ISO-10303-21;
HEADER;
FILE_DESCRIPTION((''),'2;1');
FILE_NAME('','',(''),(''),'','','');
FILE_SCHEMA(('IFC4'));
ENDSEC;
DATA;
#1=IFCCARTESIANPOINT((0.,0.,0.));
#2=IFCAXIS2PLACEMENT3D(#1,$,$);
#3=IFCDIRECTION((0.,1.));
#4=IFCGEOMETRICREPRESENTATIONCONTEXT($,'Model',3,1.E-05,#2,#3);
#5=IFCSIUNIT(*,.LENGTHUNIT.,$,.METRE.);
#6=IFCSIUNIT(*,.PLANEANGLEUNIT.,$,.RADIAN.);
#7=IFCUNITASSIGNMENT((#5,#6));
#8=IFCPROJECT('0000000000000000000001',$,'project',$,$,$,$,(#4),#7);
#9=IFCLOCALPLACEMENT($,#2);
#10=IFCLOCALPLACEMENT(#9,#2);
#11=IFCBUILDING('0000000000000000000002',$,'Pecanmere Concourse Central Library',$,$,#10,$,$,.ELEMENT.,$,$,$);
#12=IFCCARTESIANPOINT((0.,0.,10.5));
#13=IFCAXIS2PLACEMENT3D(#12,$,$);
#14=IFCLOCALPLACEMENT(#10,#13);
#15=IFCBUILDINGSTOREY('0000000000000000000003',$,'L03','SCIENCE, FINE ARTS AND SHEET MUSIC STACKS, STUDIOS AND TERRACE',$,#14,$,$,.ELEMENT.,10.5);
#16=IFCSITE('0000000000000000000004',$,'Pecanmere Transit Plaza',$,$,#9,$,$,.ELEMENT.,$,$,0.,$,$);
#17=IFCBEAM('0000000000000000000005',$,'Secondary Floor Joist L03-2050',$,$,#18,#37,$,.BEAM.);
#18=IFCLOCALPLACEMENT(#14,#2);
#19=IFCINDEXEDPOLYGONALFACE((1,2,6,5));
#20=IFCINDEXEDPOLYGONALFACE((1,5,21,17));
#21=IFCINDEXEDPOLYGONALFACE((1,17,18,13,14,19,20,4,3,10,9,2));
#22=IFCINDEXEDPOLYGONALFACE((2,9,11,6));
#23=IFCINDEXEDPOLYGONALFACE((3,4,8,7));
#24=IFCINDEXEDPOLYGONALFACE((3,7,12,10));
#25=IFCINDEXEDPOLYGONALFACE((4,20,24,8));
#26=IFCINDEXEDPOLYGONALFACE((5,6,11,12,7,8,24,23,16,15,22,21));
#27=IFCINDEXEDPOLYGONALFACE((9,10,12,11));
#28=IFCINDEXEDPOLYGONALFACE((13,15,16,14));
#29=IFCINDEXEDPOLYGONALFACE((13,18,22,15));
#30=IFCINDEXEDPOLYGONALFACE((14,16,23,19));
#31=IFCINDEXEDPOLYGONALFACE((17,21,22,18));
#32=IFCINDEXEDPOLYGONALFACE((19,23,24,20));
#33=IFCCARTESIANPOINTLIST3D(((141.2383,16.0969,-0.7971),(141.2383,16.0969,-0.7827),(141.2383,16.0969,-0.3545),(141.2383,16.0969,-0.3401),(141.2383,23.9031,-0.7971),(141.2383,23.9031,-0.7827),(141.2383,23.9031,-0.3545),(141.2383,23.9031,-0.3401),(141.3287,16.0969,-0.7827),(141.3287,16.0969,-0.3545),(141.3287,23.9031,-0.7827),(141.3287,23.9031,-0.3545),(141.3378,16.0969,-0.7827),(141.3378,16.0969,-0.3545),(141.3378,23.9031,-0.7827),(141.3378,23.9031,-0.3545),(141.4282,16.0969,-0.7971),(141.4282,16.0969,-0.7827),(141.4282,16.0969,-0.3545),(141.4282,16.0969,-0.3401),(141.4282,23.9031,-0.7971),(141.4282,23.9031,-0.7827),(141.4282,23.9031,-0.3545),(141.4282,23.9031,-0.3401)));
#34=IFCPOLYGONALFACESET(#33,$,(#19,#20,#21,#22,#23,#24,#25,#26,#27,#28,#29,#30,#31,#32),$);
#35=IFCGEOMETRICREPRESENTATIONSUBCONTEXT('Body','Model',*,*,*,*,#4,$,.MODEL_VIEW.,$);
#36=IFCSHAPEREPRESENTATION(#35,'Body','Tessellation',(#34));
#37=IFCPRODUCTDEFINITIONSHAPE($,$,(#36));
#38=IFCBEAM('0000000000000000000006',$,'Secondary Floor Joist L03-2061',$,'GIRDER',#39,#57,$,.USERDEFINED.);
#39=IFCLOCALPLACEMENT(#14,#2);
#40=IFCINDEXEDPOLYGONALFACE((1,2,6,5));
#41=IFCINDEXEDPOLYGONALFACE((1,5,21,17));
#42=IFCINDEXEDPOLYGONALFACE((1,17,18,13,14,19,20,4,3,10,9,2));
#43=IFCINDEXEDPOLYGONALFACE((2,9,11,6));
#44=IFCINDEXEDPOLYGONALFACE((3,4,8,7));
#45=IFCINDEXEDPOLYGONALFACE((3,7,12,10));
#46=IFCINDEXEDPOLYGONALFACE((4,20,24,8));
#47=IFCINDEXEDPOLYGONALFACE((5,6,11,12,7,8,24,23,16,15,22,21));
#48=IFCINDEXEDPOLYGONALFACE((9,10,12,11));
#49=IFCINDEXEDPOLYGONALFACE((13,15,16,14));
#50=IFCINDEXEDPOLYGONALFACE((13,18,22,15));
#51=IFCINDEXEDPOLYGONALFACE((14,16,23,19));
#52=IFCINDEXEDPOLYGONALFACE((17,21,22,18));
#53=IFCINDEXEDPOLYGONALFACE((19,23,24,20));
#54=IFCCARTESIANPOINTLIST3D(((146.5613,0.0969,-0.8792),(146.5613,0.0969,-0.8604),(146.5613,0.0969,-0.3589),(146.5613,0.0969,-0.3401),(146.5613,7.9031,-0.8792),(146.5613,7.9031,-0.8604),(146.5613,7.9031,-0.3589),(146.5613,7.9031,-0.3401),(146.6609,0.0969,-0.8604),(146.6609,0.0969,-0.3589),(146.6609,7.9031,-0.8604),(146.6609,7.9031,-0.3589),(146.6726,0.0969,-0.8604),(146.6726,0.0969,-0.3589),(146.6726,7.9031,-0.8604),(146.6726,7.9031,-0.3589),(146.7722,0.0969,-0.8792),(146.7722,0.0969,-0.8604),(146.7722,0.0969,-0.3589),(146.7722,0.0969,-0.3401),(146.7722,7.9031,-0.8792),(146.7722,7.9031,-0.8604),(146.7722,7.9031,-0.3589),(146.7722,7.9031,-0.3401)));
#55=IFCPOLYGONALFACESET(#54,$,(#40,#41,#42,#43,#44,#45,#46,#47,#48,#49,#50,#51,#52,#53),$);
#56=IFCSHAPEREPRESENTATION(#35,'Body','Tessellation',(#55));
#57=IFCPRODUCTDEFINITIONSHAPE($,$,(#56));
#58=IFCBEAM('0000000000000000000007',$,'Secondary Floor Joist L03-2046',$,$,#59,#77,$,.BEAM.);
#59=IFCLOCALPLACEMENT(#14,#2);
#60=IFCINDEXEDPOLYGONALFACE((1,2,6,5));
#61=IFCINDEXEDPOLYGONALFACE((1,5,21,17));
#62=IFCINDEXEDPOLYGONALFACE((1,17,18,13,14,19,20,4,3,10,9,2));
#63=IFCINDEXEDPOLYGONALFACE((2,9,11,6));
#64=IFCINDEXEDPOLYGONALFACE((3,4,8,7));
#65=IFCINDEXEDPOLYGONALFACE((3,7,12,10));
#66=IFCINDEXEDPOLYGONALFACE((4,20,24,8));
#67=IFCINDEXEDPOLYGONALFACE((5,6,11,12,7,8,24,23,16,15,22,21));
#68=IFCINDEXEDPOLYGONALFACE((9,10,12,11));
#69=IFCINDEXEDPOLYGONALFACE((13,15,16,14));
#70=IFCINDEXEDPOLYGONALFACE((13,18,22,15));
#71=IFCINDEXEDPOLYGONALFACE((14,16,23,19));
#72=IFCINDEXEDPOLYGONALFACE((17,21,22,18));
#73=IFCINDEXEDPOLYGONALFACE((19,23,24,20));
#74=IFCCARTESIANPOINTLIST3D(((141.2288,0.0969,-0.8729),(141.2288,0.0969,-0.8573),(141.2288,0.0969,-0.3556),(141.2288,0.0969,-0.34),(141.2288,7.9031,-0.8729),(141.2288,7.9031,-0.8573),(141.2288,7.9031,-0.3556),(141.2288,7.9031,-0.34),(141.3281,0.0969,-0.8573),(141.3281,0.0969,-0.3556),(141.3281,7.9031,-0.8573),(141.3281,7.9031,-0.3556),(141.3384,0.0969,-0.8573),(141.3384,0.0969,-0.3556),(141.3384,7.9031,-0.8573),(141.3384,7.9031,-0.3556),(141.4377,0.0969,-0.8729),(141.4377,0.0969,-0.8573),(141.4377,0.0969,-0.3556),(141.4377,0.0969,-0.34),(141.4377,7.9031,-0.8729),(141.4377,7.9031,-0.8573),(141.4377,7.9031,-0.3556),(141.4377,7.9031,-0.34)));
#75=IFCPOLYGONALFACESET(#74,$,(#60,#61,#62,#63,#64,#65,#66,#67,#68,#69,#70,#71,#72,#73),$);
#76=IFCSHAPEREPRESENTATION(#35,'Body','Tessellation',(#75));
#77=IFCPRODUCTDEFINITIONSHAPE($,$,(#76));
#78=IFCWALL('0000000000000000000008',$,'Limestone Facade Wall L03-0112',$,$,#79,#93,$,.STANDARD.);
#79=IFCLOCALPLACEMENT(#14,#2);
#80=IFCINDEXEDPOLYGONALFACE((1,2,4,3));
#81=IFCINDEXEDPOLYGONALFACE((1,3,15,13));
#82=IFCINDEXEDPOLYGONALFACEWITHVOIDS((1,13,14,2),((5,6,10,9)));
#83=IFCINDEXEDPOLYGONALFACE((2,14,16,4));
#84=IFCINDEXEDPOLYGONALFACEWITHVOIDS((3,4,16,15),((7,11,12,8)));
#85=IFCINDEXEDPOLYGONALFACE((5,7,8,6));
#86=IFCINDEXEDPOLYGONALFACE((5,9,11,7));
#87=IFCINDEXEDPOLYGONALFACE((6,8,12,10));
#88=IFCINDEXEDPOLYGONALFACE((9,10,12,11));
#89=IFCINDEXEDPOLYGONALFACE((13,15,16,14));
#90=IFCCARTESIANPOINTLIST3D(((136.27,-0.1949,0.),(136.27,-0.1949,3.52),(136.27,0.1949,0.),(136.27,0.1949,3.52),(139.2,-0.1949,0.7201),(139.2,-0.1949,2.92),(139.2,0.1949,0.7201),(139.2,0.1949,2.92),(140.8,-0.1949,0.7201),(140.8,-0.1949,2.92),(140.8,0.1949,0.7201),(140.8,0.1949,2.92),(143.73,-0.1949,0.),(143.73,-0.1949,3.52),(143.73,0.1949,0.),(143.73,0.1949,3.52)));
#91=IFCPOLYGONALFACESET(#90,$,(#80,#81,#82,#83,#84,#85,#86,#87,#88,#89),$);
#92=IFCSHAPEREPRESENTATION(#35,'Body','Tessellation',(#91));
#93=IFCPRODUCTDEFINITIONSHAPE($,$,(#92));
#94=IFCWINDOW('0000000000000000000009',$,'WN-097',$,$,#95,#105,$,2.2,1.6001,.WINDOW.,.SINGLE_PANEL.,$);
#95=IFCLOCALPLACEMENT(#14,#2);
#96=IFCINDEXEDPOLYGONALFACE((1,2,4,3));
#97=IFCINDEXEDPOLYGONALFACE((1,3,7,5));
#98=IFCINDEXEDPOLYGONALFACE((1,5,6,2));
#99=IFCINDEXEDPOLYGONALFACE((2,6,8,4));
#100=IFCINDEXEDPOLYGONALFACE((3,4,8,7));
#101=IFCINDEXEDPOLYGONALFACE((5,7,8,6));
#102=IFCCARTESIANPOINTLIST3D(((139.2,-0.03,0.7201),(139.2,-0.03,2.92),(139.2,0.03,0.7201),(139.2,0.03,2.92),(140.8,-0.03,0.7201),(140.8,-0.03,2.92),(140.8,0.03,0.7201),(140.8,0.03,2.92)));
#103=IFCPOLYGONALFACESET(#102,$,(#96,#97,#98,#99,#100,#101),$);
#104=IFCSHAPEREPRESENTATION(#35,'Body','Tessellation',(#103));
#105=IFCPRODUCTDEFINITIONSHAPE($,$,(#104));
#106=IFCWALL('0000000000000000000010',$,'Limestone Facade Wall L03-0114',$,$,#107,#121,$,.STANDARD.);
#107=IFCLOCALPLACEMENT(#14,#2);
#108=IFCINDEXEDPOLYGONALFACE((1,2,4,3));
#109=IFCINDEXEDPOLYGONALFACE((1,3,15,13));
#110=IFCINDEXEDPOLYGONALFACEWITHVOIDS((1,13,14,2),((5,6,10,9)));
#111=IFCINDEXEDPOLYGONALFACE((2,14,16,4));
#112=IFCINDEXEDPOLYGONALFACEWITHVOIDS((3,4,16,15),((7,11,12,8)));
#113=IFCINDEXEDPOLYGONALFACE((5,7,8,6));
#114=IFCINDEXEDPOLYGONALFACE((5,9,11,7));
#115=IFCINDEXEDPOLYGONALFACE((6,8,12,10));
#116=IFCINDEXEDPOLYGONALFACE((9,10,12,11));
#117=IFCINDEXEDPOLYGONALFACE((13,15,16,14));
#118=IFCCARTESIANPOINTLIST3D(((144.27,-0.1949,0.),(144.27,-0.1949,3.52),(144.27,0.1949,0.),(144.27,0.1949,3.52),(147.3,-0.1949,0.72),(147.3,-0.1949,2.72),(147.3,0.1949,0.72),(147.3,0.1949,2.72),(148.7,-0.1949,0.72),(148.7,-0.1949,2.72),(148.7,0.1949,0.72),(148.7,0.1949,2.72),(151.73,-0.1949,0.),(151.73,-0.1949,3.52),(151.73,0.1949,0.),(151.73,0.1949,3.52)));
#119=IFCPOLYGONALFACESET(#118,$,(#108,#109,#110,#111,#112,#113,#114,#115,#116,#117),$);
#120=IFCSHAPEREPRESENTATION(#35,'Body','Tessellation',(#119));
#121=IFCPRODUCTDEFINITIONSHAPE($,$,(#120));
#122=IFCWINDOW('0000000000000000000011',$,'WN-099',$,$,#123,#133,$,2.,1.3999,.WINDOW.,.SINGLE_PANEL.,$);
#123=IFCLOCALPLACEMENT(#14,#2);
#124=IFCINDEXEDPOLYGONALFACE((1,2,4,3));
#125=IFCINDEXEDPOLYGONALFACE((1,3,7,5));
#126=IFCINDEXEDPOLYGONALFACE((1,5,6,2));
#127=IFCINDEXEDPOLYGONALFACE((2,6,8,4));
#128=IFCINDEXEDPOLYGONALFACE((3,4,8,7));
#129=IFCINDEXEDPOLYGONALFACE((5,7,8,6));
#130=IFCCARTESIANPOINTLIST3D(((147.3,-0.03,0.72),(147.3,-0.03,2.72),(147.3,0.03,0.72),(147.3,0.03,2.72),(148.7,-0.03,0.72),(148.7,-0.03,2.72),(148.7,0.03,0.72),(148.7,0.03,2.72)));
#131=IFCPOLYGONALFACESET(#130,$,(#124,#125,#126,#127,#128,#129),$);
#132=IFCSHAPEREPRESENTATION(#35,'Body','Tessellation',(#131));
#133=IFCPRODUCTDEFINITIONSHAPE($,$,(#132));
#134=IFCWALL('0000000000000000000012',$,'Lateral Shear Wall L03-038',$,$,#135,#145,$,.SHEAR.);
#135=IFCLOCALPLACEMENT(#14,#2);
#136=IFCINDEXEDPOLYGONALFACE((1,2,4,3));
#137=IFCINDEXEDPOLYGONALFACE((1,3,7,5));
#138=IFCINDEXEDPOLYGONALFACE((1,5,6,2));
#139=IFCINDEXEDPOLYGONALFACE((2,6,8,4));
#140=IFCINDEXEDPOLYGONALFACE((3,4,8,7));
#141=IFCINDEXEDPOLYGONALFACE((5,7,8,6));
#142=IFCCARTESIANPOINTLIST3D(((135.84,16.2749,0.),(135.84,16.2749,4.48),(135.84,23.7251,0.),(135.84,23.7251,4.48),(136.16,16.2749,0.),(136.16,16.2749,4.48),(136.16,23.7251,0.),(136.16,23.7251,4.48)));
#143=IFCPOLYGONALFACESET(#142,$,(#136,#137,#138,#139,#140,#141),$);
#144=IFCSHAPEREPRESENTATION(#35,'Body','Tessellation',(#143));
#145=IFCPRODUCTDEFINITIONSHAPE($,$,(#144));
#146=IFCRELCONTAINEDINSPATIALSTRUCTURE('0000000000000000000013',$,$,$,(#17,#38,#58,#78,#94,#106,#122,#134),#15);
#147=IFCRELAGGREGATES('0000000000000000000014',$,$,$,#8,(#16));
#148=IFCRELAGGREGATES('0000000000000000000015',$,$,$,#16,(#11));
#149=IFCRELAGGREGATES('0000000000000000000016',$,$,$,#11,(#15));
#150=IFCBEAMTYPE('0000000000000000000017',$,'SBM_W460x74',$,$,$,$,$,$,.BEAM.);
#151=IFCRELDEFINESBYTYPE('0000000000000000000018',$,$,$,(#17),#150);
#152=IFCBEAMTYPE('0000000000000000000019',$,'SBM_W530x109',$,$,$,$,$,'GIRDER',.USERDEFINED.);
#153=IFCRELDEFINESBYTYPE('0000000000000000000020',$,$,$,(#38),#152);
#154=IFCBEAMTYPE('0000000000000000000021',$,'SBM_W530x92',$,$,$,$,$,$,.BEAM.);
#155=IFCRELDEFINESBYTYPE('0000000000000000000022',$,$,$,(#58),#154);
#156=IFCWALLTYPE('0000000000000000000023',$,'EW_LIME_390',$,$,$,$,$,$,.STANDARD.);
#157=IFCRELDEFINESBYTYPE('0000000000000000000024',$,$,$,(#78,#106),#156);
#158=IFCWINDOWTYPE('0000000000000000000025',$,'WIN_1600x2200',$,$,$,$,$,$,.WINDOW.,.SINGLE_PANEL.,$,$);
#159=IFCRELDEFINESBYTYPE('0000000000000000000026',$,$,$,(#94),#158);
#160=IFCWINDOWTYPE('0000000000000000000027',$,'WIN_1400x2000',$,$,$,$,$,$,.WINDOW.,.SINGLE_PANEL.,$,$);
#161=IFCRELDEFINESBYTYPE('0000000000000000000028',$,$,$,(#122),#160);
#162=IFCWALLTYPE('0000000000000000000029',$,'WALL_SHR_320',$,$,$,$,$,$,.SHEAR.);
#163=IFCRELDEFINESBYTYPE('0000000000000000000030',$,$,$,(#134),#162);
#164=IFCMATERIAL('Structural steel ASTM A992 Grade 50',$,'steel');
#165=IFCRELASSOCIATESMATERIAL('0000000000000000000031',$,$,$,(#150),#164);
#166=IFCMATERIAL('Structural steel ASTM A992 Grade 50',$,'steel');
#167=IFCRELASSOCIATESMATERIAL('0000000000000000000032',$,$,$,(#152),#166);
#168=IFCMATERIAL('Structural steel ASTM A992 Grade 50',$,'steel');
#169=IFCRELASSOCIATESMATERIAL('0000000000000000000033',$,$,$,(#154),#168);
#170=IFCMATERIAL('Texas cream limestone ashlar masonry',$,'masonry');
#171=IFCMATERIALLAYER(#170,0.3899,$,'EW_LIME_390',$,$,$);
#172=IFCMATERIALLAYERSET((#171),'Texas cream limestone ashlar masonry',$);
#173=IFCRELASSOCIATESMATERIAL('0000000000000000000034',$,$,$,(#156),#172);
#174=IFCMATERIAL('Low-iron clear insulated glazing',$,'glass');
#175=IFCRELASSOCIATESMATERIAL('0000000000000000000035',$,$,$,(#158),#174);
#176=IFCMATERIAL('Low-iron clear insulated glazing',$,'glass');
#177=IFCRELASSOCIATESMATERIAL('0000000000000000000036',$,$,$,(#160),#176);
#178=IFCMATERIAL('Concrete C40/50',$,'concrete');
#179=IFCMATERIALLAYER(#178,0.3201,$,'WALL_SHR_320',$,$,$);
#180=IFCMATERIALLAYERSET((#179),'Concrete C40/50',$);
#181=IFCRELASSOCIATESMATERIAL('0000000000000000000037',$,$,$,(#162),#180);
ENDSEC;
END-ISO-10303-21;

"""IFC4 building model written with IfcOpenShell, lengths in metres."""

from ifc_helpers import new_model, si_unit, direction, frame, frame_2d, origin, origin_2d, place, context, subcontext, project, spatial, rectangle, i_section, extrude, material, layer, layer_set, material_profile, profile_set, type_object, element, fill, save


model = new_model("IFC4")

# Units and contexts
model_context = context("Model", 3, precision=1e-05, world=origin(), true_north=direction((0.0, 1.0)))
body_context = subcontext(model_context, "Body", "Model", "MODEL_VIEW")
ifc_project = project(units=[si_unit("LENGTHUNIT", "METRE"), si_unit("PLANEANGLEUNIT", "RADIAN")], contexts=[model_context])

# Site, building, storey
site_placement = place(None, origin())
site = spatial("IfcSite", under=ifc_project, at=site_placement, Name="Pecanmere Transit Plaza", CompositionType="ELEMENT", RefElevation=0.0)
building_placement = place(site_placement, origin())
building = spatial("IfcBuilding", under=site, at=building_placement, Name="Pecanmere Concourse Central Library", CompositionType="ELEMENT")
storey_placement = place(building_placement, frame((0.0, 0.0, 10.5)))
storey = spatial("IfcBuildingStorey", under=building, at=storey_placement, Name="L03", Description="SCIENCE, FINE ARTS AND SHEET MUSIC STACKS, STUDIOS AND TERRACE", CompositionType="ELEMENT", Elevation=10.5)

# Beams
ifc_material_1 = material(Name="Structural steel ASTM A992 Grade 50", Category="steel")
ifc_material_profile_1 = material_profile(ifc_material_1, i_section(OverallWidth=0.1899, OverallDepth=0.457, WebThickness=0.009, FlangeThickness=0.0144, at=origin_2d()), Name="W460x74")
ifc_profile_set_1 = profile_set([ifc_material_profile_1], Name="Structural steel ASTM A992 Grade 50")
beam_type_1 = type_object("IfcBeamType", Name="SBM_W460x74", PredefinedType="BEAM", material=ifc_profile_set_1)
beam_1_placement = place(storey_placement, frame((141.3333, 16.0969, -0.5686), z_axis=(0.0, 1.0, 0.0), x_axis=(-1.0, 0.0, 0.0)))
element("IfcBeam", 1, at=beam_1_placement, inside=storey, type_object=beam_type_1, Name="Secondary Floor Joist L03-2050", PredefinedType="BEAM", context=body_context, shape_type="SweptSolid", body=[
    extrude(i_section(OverallWidth=0.1899, OverallDepth=0.457, WebThickness=0.009, FlangeThickness=0.0144, at=origin_2d()), origin(), (0.0, 0.0, 1.0), 7.8062),
])
ifc_material_2 = material(Name="Structural steel ASTM A992 Grade 50", Category="steel")
ifc_material_profile_2 = material_profile(ifc_material_2, i_section(OverallWidth=0.2109, OverallDepth=0.5391, WebThickness=0.0117, FlangeThickness=0.0188, at=origin_2d()), Name="W530x109")
ifc_profile_set_2 = profile_set([ifc_material_profile_2], Name="Structural steel ASTM A992 Grade 50")
beam_type_2 = type_object("IfcBeamType", Name="SBM_W530x109", ElementType="GIRDER", PredefinedType="USERDEFINED", material=ifc_profile_set_2)
beam_2_placement = place(storey_placement, frame((146.6667, 0.0969, -0.6096), z_axis=(0.0, 1.0, 0.0), x_axis=(-1.0, 0.0, 0.0)))
element("IfcBeam", 2, at=beam_2_placement, inside=storey, type_object=beam_type_2, Name="Secondary Floor Joist L03-2061", ObjectType="GIRDER", PredefinedType="USERDEFINED", context=body_context, shape_type="SweptSolid", body=[
    extrude(i_section(OverallWidth=0.2109, OverallDepth=0.5391, WebThickness=0.0117, FlangeThickness=0.0188, at=origin_2d()), origin(), (0.0, 0.0, 1.0), 7.8062),
])
ifc_material_3 = material(Name="Structural steel ASTM A992 Grade 50", Category="steel")
ifc_material_profile_3 = material_profile(ifc_material_3, i_section(OverallWidth=0.209, OverallDepth=0.533, WebThickness=0.0103, FlangeThickness=0.0156, at=origin_2d()), Name="W530x92")
ifc_profile_set_3 = profile_set([ifc_material_profile_3], Name="Structural steel ASTM A992 Grade 50")
beam_type_3 = type_object("IfcBeamType", Name="SBM_W530x92", PredefinedType="BEAM", material=ifc_profile_set_3)
beam_3_placement = place(storey_placement, frame((141.3333, 0.0969, -0.6064), z_axis=(0.0, 1.0, 0.0), x_axis=(-1.0, 0.0, 0.0)))
element("IfcBeam", 3, at=beam_3_placement, inside=storey, type_object=beam_type_3, Name="Secondary Floor Joist L03-2046", PredefinedType="BEAM", context=body_context, shape_type="SweptSolid", body=[
    extrude(i_section(OverallWidth=0.209, OverallDepth=0.533, WebThickness=0.0103, FlangeThickness=0.0156, at=origin_2d()), origin(), (0.0, 0.0, 1.0), 7.8062),
])

# Walls, openings, windows
ifc_material_4 = material(Name="Texas cream limestone ashlar masonry", Category="masonry")
ifc_layer_1 = layer(ifc_material_4, 0.3899, Name="EW_LIME_390")
ifc_layer_set_1 = layer_set([ifc_layer_1], Name="Texas cream limestone ashlar masonry")
wall_type_1 = type_object("IfcWallType", Name="EW_LIME_390", PredefinedType="STANDARD", material=ifc_layer_set_1)
wall_1_placement = place(storey_placement, frame((136.27, 0.0, 0.0), z_axis=(0.0, 0.0, 1.0), x_axis=(1.0, 0.0, 0.0)))
wall_1 = element("IfcWall", 4, at=wall_1_placement, inside=storey, type_object=wall_type_1, Name="Limestone Facade Wall L03-0112", PredefinedType="STANDARD", context=body_context, shape_type="SweptSolid", body=[
    extrude(rectangle(XDim=7.46, YDim=0.3899, at=frame_2d((3.73, 0.0))), origin(), (0.0, 0.0, 1.0), 3.52),
])
opening_1_placement = place(wall_1_placement, frame((2.9299, 0.0, 0.72)))
opening_1 = element("IfcOpeningElement", 5, at=opening_1_placement, cuts=wall_1, PredefinedType="OPENING", context=body_context, shape_type="SweptSolid", body=[
    extrude(rectangle(XDim=1.6001, YDim=2.2, at=frame_2d((0.8, 1.1001))), frame((0.0, 0.207, 0.0), z_axis=(0.0, -1.0, 0.0), x_axis=(1.0, 0.0, 0.0)), (0.0, 0.0, 1.0), 0.4138),
])
ifc_material_5 = material(Name="Low-iron clear insulated glazing", Category="glass")
window_type_1 = type_object("IfcWindowType", Name="WIN_1600x2200", PartitioningType="SINGLE_PANEL", PredefinedType="WINDOW", material=ifc_material_5)
window_1_placement = place(opening_1_placement, origin())
window_1 = element("IfcWindow", 6, at=window_1_placement, inside=storey, type_object=window_type_1, Name="WN-097", OverallHeight=2.2, OverallWidth=1.6001, PartitioningType="SINGLE_PANEL", PredefinedType="WINDOW", context=body_context, shape_type="SweptSolid", body=[
    extrude(rectangle(XDim=1.6001, YDim=2.2, at=frame_2d((0.8, 1.1001))), frame((0.0, 0.03, 0.0), z_axis=(0.0, -1.0, 0.0), x_axis=(1.0, 0.0, 0.0)), (0.0, 0.0, 1.0), 0.0601),
])
fill(opening_1, window_1)
wall_2_placement = place(storey_placement, frame((144.27, 0.0, 0.0), z_axis=(0.0, 0.0, 1.0), x_axis=(1.0, 0.0, 0.0)))
wall_2 = element("IfcWall", 7, at=wall_2_placement, inside=storey, type_object=wall_type_1, Name="Limestone Facade Wall L03-0114", PredefinedType="STANDARD", context=body_context, shape_type="SweptSolid", body=[
    extrude(rectangle(XDim=7.46, YDim=0.3899, at=frame_2d((3.73, 0.0))), origin(), (0.0, 0.0, 1.0), 3.52),
])
opening_2_placement = place(wall_2_placement, frame((3.03, 0.0, 0.72)))
opening_2 = element("IfcOpeningElement", 8, at=opening_2_placement, cuts=wall_2, PredefinedType="OPENING", context=body_context, shape_type="SweptSolid", body=[
    extrude(rectangle(XDim=1.3999, YDim=2.0, at=frame_2d((0.7, 1.0))), frame((0.0, 0.207, 0.0), z_axis=(0.0, -1.0, 0.0), x_axis=(1.0, 0.0, 0.0)), (0.0, 0.0, 1.0), 0.4138),
])
ifc_material_6 = material(Name="Low-iron clear insulated glazing", Category="glass")
window_type_2 = type_object("IfcWindowType", Name="WIN_1400x2000", PartitioningType="SINGLE_PANEL", PredefinedType="WINDOW", material=ifc_material_6)
window_2_placement = place(opening_2_placement, origin())
window_2 = element("IfcWindow", 9, at=window_2_placement, inside=storey, type_object=window_type_2, Name="WN-099", OverallHeight=2.0, OverallWidth=1.3999, PartitioningType="SINGLE_PANEL", PredefinedType="WINDOW", context=body_context, shape_type="SweptSolid", body=[
    extrude(rectangle(XDim=1.3999, YDim=2.0, at=frame_2d((0.7, 1.0))), frame((0.0, 0.03, 0.0), z_axis=(0.0, -1.0, 0.0), x_axis=(1.0, 0.0, 0.0)), (0.0, 0.0, 1.0), 0.0601),
])
fill(opening_2, window_2)

# Wall
ifc_material_7 = material(Name="Concrete C40/50", Category="concrete")
ifc_layer_2 = layer(ifc_material_7, 0.3201, Name="WALL_SHR_320")
ifc_layer_set_2 = layer_set([ifc_layer_2], Name="Concrete C40/50")
wall_type_2 = type_object("IfcWallType", Name="WALL_SHR_320", PredefinedType="SHEAR", material=ifc_layer_set_2)
wall_3_placement = place(storey_placement, frame((136.0, 16.2749, 0.0), z_axis=(0.0, 0.0, 1.0), x_axis=(0.0, 1.0, 0.0)))
element("IfcWall", 10, at=wall_3_placement, inside=storey, type_object=wall_type_2, Name="Lateral Shear Wall L03-038", PredefinedType="SHEAR", context=body_context, shape_type="SweptSolid", body=[
    extrude(rectangle(XDim=7.4502, YDim=0.3201, at=frame_2d((3.7251, 0.0))), origin(), (0.0, 0.0, 1.0), 4.48),
])

save(model, "model.ifc")
